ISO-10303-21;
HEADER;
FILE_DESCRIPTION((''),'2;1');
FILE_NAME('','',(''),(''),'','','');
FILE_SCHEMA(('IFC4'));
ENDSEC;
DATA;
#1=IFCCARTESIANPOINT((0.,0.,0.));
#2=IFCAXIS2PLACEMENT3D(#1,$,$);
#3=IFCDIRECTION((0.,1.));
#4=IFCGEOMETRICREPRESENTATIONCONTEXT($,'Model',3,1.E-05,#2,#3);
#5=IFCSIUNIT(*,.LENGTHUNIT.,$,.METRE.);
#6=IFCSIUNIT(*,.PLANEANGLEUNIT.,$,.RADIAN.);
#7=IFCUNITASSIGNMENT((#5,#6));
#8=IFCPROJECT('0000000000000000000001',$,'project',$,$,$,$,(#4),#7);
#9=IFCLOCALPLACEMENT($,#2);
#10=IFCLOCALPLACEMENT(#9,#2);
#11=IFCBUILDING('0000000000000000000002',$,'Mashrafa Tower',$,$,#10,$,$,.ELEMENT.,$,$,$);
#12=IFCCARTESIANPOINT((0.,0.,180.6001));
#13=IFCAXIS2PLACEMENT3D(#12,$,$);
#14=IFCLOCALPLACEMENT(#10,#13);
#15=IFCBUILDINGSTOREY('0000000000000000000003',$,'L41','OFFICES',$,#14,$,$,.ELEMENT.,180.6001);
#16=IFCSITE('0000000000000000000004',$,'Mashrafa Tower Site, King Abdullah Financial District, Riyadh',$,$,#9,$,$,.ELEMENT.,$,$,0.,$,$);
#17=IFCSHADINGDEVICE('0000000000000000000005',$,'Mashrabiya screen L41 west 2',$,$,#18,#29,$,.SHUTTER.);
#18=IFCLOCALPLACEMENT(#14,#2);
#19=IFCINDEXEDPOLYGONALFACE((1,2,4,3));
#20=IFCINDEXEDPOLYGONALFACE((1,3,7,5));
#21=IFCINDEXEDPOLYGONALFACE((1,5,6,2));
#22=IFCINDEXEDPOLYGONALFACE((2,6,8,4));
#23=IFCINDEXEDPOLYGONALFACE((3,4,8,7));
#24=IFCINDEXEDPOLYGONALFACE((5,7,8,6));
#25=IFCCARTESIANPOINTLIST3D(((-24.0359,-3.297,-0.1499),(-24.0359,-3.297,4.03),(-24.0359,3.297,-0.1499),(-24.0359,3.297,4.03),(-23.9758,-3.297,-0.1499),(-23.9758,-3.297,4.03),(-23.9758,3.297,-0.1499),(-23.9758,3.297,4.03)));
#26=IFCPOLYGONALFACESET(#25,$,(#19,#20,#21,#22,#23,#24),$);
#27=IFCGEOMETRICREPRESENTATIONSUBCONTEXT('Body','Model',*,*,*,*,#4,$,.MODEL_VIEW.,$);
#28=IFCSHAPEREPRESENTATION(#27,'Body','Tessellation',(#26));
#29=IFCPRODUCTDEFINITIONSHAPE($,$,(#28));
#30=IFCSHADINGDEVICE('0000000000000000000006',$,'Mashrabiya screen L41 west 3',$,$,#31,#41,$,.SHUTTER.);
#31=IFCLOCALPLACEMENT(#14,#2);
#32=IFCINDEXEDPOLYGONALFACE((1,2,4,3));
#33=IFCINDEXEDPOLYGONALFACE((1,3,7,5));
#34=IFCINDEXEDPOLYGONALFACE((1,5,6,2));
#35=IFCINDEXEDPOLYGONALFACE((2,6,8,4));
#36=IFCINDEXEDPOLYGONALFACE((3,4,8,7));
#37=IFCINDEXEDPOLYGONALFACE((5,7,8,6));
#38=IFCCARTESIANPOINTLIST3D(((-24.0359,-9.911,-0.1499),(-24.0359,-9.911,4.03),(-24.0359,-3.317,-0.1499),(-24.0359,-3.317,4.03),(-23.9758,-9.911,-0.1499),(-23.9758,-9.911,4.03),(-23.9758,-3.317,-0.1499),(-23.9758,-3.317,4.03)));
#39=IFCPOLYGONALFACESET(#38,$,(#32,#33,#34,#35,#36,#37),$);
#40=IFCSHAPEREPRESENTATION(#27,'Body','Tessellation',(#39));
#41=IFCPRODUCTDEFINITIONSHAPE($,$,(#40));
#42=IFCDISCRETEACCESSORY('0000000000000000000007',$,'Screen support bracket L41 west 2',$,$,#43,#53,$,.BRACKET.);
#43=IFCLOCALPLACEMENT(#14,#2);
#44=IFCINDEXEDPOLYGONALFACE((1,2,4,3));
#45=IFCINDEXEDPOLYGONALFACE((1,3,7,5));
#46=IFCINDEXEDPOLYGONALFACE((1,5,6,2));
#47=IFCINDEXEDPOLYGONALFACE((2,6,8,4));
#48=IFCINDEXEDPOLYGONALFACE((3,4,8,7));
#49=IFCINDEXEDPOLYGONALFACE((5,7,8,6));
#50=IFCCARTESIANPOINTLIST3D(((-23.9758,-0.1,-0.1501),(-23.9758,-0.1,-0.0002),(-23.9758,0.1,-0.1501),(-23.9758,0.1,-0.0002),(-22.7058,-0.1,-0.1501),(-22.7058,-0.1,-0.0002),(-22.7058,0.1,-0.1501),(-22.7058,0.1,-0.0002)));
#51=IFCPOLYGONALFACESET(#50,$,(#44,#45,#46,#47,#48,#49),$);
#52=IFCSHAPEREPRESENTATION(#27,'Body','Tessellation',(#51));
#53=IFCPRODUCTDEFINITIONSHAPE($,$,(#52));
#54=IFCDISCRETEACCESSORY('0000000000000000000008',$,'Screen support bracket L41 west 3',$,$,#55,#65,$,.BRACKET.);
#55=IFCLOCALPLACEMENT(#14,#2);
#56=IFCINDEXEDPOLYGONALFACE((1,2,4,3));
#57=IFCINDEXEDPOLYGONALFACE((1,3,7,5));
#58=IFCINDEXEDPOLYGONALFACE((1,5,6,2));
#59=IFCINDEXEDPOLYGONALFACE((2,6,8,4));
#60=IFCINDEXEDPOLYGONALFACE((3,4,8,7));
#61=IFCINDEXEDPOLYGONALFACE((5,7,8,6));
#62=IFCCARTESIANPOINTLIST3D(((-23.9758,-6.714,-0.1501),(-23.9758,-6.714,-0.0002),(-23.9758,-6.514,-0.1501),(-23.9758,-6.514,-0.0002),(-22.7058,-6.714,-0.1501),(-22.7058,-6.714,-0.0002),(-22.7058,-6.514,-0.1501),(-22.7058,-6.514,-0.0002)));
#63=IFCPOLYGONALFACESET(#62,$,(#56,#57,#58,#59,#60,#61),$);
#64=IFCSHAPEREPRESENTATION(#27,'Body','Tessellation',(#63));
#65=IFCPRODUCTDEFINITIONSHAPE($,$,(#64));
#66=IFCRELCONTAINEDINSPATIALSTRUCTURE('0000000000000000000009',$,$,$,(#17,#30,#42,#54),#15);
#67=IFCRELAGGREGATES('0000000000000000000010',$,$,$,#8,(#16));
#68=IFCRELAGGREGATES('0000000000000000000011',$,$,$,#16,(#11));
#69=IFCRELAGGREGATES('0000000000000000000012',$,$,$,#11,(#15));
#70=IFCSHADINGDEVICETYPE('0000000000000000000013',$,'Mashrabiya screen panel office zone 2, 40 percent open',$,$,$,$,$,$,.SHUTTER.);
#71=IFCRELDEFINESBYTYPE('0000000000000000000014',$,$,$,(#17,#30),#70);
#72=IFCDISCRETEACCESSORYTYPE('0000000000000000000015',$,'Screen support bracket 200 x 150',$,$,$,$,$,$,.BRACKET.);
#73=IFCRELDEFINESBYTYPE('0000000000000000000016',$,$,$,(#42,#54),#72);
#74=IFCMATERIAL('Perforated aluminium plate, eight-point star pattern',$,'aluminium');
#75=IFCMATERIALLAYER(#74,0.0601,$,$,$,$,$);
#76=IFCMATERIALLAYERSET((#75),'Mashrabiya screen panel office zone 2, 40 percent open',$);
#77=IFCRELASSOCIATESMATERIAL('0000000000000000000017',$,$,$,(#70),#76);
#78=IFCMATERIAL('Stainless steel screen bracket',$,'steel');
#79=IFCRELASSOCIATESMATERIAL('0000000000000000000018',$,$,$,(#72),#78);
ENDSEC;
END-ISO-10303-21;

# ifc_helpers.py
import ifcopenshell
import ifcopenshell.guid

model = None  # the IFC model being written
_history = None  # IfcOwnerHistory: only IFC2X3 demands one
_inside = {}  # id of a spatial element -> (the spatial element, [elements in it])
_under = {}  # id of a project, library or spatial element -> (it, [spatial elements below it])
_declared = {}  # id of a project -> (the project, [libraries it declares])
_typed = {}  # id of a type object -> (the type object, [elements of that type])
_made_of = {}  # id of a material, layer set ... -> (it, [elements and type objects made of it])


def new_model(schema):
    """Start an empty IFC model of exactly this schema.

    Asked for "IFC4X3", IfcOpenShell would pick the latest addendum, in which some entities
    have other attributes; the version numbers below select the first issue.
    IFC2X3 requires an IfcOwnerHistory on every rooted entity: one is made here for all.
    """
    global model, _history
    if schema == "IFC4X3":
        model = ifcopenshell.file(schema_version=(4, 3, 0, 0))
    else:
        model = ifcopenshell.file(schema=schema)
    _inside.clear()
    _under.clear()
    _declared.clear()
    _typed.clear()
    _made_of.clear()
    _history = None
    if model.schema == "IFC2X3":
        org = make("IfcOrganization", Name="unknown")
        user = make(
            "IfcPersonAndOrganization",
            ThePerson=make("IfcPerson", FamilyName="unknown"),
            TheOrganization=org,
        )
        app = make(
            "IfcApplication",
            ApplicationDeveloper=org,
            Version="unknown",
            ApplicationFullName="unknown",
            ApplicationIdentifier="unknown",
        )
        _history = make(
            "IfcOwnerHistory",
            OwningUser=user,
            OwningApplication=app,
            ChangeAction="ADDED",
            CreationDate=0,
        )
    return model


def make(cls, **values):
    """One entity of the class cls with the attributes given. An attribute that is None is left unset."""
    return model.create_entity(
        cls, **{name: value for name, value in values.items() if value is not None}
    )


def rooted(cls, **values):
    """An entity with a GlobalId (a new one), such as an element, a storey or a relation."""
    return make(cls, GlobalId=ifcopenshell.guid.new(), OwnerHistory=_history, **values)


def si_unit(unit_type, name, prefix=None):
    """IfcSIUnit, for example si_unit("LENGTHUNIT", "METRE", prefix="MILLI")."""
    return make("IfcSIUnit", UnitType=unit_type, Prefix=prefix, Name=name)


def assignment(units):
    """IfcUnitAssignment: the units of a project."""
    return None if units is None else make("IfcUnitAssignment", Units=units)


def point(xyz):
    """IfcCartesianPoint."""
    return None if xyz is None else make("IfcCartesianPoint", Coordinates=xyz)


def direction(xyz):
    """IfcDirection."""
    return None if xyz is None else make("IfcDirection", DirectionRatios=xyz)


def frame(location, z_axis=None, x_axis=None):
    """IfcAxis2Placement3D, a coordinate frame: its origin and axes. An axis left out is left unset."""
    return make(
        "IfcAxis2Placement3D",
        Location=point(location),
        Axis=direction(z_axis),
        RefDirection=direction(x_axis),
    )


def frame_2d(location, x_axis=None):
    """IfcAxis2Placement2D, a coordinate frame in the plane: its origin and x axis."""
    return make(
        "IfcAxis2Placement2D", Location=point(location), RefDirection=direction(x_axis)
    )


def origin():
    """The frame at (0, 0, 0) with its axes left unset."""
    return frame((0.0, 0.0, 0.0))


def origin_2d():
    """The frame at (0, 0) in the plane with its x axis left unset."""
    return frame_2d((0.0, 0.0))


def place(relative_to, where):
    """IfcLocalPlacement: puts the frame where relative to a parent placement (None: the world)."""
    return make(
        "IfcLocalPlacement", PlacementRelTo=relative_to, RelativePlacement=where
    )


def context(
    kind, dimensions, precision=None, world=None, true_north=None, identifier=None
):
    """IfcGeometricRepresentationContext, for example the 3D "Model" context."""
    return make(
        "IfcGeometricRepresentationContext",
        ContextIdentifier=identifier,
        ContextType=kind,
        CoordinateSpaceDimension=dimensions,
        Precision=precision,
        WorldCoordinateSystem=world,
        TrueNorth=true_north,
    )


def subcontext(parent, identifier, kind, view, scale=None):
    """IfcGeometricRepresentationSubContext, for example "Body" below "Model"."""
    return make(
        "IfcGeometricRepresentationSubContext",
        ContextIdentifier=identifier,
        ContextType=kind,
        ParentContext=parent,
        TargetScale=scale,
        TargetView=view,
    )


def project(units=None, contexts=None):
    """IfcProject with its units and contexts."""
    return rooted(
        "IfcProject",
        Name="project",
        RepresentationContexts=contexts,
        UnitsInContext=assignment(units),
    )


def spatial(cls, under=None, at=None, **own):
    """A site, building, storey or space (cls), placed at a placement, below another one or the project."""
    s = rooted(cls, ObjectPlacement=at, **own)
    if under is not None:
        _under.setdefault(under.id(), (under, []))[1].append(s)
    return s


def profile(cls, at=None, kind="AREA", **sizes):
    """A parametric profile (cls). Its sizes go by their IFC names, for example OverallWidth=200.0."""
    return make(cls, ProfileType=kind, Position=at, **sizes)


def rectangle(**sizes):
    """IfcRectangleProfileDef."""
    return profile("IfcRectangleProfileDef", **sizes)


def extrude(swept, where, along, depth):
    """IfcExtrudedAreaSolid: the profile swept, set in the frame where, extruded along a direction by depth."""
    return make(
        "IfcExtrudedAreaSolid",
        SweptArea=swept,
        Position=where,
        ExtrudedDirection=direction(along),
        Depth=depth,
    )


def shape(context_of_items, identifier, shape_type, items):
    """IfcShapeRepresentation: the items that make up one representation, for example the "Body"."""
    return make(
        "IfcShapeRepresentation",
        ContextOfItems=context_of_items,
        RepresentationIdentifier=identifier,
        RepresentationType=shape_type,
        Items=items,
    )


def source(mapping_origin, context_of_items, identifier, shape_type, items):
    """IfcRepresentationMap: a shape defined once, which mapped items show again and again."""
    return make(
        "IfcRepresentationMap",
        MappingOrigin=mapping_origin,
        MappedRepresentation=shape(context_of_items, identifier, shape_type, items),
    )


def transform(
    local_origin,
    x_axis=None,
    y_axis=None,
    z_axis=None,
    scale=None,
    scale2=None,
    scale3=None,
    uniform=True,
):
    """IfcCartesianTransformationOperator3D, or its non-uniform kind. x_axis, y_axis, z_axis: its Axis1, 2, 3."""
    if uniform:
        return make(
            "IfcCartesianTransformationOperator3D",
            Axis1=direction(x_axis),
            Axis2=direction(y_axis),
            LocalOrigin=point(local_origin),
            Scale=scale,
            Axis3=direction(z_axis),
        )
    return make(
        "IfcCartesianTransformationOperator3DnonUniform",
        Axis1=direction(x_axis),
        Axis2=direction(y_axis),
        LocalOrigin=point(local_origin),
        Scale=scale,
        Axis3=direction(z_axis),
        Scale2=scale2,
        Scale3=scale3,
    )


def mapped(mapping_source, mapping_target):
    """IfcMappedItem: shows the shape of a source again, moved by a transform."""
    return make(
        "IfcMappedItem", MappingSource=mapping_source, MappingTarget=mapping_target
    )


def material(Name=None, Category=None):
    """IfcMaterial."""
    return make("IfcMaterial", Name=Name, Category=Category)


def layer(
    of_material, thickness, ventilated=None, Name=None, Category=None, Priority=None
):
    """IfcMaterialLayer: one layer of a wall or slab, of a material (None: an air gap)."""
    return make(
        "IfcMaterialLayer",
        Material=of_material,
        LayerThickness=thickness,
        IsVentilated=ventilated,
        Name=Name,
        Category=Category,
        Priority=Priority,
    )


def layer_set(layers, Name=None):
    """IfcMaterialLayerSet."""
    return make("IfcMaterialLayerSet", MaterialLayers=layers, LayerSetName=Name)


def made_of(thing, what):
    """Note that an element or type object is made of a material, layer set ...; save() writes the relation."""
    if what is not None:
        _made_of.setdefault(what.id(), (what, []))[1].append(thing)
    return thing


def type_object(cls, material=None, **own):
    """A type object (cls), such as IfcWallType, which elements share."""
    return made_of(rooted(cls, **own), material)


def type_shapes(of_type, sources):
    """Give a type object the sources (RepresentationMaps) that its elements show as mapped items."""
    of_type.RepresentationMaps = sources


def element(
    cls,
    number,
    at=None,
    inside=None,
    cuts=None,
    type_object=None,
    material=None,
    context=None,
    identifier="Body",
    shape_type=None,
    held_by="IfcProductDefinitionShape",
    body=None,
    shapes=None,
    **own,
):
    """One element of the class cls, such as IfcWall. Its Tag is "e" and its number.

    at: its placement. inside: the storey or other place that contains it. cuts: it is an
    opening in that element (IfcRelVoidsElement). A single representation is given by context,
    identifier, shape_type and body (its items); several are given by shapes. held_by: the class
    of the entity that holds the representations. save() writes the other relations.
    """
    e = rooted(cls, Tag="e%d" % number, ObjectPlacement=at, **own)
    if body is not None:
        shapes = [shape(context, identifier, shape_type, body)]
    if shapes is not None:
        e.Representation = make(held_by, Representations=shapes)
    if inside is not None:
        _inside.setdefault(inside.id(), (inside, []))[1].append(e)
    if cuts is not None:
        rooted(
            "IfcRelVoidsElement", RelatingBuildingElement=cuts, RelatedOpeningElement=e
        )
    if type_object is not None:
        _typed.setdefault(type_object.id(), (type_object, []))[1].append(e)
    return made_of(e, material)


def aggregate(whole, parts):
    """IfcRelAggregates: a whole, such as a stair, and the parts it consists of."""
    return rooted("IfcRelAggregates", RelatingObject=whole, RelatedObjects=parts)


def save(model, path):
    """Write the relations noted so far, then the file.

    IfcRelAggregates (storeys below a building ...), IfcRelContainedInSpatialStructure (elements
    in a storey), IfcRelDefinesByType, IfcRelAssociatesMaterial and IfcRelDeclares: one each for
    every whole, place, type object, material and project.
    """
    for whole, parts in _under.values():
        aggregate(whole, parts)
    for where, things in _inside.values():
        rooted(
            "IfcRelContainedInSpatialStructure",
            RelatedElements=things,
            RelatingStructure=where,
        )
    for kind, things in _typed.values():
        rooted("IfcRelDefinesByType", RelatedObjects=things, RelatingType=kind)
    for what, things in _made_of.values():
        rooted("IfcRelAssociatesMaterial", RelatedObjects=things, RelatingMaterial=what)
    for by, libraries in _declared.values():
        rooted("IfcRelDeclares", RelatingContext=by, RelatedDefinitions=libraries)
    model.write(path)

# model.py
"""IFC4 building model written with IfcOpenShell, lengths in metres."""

from ifc_helpers import new_model, si_unit, direction, frame, origin, origin_2d, place, context, subcontext, project, spatial, rectangle, extrude, source, transform, mapped, material, layer, layer_set, type_object, type_shapes, element, save


model = new_model("IFC4")

# Units and contexts
model_context = context("Model", 3, precision=1e-05, world=origin(), true_north=direction((0.0, 1.0)))
body_context = subcontext(model_context, "Body", "Model", "MODEL_VIEW")
ifc_project = project(units=[si_unit("LENGTHUNIT", "METRE"), si_unit("PLANEANGLEUNIT", "RADIAN")], contexts=[model_context])

# Site, building, storey
site_placement = place(None, origin())
site = spatial("IfcSite", under=ifc_project, at=site_placement, Name="Mashrafa Tower Site, King Abdullah Financial District, Riyadh", CompositionType="ELEMENT", RefElevation=0.0)
building_placement = place(site_placement, origin())
building = spatial("IfcBuilding", under=site, at=building_placement, Name="Mashrafa Tower", CompositionType="ELEMENT")
storey_placement = place(building_placement, frame((0.0, 0.0, 180.6001)))
storey = spatial("IfcBuildingStorey", under=building, at=storey_placement, Name="L41", Description="OFFICES", CompositionType="ELEMENT", Elevation=180.6001)

# Shading devices
ifc_material_1 = material(Name="Perforated aluminium plate, eight-point star pattern", Category="aluminium")
ifc_layer_1 = layer(ifc_material_1, 0.0601)
ifc_layer_set_1 = layer_set([ifc_layer_1], Name="Mashrabiya screen panel office zone 2, 40 percent open")
shading_device_type = type_object("IfcShadingDeviceType", Name="Mashrabiya screen panel office zone 2, 40 percent open", PredefinedType="SHUTTER", material=ifc_layer_set_1)
shared_shape_1 = source(origin(), body_context, "Body", "SweptSolid", [
    extrude(rectangle(XDim=6.594, YDim=0.0601, at=origin_2d()), origin(), (0.0, 0.0, 1.0), 4.1799),
])
type_shapes(shading_device_type, [shared_shape_1])
for number, where, z_axis, x_axis, name in (
    (1, (-24.0059, 0.0, -0.1499), (0.0, 0.0, 1.0), (0.0, -1.0, 0.0), "Mashrabiya screen L41 west 2"),
    (2, (-24.0059, -6.614, -0.1499), (0.0, 0.0, 1.0), (0.0, -1.0, 0.0), "Mashrabiya screen L41 west 3"),
):
    element("IfcShadingDevice", number, at=place(storey_placement, frame(where, z_axis=z_axis, x_axis=x_axis)), inside=storey, type_object=shading_device_type, Name=name, PredefinedType="SHUTTER", context=body_context, shape_type="MappedRepresentation", body=[
        mapped(shared_shape_1, transform((0.0, 0.0, 0.0))),
    ])

# Discrete accessories
ifc_material_2 = material(Name="Stainless steel screen bracket", Category="steel")
discrete_accessory_type = type_object("IfcDiscreteAccessoryType", Name="Screen support bracket 200 x 150", PredefinedType="BRACKET", material=ifc_material_2)
shared_shape_2 = source(origin(), body_context, "Body", "SweptSolid", [
    extrude(rectangle(XDim=0.2, YDim=1.27, at=origin_2d()), origin(), (0.0, 0.0, 1.0), 0.1499),
])
type_shapes(discrete_accessory_type, [shared_shape_2])
for number, where, z_axis, x_axis, name in (
    (3, (-23.3408, 0.0, -0.1501), (0.0, 0.0, 1.0), (0.0, -1.0, 0.0), "Screen support bracket L41 west 2"),
    (4, (-23.3408, -6.614, -0.1501), (0.0, 0.0, 1.0), (0.0, -1.0, 0.0), "Screen support bracket L41 west 3"),
):
    element("IfcDiscreteAccessory", number, at=place(storey_placement, frame(where, z_axis=z_axis, x_axis=x_axis)), inside=storey, type_object=discrete_accessory_type, Name=name, PredefinedType="BRACKET", context=body_context, shape_type="MappedRepresentation", body=[
        mapped(shared_shape_2, transform((0.0, 0.0, 0.0))),
    ])

save(model, "model.ifc")
